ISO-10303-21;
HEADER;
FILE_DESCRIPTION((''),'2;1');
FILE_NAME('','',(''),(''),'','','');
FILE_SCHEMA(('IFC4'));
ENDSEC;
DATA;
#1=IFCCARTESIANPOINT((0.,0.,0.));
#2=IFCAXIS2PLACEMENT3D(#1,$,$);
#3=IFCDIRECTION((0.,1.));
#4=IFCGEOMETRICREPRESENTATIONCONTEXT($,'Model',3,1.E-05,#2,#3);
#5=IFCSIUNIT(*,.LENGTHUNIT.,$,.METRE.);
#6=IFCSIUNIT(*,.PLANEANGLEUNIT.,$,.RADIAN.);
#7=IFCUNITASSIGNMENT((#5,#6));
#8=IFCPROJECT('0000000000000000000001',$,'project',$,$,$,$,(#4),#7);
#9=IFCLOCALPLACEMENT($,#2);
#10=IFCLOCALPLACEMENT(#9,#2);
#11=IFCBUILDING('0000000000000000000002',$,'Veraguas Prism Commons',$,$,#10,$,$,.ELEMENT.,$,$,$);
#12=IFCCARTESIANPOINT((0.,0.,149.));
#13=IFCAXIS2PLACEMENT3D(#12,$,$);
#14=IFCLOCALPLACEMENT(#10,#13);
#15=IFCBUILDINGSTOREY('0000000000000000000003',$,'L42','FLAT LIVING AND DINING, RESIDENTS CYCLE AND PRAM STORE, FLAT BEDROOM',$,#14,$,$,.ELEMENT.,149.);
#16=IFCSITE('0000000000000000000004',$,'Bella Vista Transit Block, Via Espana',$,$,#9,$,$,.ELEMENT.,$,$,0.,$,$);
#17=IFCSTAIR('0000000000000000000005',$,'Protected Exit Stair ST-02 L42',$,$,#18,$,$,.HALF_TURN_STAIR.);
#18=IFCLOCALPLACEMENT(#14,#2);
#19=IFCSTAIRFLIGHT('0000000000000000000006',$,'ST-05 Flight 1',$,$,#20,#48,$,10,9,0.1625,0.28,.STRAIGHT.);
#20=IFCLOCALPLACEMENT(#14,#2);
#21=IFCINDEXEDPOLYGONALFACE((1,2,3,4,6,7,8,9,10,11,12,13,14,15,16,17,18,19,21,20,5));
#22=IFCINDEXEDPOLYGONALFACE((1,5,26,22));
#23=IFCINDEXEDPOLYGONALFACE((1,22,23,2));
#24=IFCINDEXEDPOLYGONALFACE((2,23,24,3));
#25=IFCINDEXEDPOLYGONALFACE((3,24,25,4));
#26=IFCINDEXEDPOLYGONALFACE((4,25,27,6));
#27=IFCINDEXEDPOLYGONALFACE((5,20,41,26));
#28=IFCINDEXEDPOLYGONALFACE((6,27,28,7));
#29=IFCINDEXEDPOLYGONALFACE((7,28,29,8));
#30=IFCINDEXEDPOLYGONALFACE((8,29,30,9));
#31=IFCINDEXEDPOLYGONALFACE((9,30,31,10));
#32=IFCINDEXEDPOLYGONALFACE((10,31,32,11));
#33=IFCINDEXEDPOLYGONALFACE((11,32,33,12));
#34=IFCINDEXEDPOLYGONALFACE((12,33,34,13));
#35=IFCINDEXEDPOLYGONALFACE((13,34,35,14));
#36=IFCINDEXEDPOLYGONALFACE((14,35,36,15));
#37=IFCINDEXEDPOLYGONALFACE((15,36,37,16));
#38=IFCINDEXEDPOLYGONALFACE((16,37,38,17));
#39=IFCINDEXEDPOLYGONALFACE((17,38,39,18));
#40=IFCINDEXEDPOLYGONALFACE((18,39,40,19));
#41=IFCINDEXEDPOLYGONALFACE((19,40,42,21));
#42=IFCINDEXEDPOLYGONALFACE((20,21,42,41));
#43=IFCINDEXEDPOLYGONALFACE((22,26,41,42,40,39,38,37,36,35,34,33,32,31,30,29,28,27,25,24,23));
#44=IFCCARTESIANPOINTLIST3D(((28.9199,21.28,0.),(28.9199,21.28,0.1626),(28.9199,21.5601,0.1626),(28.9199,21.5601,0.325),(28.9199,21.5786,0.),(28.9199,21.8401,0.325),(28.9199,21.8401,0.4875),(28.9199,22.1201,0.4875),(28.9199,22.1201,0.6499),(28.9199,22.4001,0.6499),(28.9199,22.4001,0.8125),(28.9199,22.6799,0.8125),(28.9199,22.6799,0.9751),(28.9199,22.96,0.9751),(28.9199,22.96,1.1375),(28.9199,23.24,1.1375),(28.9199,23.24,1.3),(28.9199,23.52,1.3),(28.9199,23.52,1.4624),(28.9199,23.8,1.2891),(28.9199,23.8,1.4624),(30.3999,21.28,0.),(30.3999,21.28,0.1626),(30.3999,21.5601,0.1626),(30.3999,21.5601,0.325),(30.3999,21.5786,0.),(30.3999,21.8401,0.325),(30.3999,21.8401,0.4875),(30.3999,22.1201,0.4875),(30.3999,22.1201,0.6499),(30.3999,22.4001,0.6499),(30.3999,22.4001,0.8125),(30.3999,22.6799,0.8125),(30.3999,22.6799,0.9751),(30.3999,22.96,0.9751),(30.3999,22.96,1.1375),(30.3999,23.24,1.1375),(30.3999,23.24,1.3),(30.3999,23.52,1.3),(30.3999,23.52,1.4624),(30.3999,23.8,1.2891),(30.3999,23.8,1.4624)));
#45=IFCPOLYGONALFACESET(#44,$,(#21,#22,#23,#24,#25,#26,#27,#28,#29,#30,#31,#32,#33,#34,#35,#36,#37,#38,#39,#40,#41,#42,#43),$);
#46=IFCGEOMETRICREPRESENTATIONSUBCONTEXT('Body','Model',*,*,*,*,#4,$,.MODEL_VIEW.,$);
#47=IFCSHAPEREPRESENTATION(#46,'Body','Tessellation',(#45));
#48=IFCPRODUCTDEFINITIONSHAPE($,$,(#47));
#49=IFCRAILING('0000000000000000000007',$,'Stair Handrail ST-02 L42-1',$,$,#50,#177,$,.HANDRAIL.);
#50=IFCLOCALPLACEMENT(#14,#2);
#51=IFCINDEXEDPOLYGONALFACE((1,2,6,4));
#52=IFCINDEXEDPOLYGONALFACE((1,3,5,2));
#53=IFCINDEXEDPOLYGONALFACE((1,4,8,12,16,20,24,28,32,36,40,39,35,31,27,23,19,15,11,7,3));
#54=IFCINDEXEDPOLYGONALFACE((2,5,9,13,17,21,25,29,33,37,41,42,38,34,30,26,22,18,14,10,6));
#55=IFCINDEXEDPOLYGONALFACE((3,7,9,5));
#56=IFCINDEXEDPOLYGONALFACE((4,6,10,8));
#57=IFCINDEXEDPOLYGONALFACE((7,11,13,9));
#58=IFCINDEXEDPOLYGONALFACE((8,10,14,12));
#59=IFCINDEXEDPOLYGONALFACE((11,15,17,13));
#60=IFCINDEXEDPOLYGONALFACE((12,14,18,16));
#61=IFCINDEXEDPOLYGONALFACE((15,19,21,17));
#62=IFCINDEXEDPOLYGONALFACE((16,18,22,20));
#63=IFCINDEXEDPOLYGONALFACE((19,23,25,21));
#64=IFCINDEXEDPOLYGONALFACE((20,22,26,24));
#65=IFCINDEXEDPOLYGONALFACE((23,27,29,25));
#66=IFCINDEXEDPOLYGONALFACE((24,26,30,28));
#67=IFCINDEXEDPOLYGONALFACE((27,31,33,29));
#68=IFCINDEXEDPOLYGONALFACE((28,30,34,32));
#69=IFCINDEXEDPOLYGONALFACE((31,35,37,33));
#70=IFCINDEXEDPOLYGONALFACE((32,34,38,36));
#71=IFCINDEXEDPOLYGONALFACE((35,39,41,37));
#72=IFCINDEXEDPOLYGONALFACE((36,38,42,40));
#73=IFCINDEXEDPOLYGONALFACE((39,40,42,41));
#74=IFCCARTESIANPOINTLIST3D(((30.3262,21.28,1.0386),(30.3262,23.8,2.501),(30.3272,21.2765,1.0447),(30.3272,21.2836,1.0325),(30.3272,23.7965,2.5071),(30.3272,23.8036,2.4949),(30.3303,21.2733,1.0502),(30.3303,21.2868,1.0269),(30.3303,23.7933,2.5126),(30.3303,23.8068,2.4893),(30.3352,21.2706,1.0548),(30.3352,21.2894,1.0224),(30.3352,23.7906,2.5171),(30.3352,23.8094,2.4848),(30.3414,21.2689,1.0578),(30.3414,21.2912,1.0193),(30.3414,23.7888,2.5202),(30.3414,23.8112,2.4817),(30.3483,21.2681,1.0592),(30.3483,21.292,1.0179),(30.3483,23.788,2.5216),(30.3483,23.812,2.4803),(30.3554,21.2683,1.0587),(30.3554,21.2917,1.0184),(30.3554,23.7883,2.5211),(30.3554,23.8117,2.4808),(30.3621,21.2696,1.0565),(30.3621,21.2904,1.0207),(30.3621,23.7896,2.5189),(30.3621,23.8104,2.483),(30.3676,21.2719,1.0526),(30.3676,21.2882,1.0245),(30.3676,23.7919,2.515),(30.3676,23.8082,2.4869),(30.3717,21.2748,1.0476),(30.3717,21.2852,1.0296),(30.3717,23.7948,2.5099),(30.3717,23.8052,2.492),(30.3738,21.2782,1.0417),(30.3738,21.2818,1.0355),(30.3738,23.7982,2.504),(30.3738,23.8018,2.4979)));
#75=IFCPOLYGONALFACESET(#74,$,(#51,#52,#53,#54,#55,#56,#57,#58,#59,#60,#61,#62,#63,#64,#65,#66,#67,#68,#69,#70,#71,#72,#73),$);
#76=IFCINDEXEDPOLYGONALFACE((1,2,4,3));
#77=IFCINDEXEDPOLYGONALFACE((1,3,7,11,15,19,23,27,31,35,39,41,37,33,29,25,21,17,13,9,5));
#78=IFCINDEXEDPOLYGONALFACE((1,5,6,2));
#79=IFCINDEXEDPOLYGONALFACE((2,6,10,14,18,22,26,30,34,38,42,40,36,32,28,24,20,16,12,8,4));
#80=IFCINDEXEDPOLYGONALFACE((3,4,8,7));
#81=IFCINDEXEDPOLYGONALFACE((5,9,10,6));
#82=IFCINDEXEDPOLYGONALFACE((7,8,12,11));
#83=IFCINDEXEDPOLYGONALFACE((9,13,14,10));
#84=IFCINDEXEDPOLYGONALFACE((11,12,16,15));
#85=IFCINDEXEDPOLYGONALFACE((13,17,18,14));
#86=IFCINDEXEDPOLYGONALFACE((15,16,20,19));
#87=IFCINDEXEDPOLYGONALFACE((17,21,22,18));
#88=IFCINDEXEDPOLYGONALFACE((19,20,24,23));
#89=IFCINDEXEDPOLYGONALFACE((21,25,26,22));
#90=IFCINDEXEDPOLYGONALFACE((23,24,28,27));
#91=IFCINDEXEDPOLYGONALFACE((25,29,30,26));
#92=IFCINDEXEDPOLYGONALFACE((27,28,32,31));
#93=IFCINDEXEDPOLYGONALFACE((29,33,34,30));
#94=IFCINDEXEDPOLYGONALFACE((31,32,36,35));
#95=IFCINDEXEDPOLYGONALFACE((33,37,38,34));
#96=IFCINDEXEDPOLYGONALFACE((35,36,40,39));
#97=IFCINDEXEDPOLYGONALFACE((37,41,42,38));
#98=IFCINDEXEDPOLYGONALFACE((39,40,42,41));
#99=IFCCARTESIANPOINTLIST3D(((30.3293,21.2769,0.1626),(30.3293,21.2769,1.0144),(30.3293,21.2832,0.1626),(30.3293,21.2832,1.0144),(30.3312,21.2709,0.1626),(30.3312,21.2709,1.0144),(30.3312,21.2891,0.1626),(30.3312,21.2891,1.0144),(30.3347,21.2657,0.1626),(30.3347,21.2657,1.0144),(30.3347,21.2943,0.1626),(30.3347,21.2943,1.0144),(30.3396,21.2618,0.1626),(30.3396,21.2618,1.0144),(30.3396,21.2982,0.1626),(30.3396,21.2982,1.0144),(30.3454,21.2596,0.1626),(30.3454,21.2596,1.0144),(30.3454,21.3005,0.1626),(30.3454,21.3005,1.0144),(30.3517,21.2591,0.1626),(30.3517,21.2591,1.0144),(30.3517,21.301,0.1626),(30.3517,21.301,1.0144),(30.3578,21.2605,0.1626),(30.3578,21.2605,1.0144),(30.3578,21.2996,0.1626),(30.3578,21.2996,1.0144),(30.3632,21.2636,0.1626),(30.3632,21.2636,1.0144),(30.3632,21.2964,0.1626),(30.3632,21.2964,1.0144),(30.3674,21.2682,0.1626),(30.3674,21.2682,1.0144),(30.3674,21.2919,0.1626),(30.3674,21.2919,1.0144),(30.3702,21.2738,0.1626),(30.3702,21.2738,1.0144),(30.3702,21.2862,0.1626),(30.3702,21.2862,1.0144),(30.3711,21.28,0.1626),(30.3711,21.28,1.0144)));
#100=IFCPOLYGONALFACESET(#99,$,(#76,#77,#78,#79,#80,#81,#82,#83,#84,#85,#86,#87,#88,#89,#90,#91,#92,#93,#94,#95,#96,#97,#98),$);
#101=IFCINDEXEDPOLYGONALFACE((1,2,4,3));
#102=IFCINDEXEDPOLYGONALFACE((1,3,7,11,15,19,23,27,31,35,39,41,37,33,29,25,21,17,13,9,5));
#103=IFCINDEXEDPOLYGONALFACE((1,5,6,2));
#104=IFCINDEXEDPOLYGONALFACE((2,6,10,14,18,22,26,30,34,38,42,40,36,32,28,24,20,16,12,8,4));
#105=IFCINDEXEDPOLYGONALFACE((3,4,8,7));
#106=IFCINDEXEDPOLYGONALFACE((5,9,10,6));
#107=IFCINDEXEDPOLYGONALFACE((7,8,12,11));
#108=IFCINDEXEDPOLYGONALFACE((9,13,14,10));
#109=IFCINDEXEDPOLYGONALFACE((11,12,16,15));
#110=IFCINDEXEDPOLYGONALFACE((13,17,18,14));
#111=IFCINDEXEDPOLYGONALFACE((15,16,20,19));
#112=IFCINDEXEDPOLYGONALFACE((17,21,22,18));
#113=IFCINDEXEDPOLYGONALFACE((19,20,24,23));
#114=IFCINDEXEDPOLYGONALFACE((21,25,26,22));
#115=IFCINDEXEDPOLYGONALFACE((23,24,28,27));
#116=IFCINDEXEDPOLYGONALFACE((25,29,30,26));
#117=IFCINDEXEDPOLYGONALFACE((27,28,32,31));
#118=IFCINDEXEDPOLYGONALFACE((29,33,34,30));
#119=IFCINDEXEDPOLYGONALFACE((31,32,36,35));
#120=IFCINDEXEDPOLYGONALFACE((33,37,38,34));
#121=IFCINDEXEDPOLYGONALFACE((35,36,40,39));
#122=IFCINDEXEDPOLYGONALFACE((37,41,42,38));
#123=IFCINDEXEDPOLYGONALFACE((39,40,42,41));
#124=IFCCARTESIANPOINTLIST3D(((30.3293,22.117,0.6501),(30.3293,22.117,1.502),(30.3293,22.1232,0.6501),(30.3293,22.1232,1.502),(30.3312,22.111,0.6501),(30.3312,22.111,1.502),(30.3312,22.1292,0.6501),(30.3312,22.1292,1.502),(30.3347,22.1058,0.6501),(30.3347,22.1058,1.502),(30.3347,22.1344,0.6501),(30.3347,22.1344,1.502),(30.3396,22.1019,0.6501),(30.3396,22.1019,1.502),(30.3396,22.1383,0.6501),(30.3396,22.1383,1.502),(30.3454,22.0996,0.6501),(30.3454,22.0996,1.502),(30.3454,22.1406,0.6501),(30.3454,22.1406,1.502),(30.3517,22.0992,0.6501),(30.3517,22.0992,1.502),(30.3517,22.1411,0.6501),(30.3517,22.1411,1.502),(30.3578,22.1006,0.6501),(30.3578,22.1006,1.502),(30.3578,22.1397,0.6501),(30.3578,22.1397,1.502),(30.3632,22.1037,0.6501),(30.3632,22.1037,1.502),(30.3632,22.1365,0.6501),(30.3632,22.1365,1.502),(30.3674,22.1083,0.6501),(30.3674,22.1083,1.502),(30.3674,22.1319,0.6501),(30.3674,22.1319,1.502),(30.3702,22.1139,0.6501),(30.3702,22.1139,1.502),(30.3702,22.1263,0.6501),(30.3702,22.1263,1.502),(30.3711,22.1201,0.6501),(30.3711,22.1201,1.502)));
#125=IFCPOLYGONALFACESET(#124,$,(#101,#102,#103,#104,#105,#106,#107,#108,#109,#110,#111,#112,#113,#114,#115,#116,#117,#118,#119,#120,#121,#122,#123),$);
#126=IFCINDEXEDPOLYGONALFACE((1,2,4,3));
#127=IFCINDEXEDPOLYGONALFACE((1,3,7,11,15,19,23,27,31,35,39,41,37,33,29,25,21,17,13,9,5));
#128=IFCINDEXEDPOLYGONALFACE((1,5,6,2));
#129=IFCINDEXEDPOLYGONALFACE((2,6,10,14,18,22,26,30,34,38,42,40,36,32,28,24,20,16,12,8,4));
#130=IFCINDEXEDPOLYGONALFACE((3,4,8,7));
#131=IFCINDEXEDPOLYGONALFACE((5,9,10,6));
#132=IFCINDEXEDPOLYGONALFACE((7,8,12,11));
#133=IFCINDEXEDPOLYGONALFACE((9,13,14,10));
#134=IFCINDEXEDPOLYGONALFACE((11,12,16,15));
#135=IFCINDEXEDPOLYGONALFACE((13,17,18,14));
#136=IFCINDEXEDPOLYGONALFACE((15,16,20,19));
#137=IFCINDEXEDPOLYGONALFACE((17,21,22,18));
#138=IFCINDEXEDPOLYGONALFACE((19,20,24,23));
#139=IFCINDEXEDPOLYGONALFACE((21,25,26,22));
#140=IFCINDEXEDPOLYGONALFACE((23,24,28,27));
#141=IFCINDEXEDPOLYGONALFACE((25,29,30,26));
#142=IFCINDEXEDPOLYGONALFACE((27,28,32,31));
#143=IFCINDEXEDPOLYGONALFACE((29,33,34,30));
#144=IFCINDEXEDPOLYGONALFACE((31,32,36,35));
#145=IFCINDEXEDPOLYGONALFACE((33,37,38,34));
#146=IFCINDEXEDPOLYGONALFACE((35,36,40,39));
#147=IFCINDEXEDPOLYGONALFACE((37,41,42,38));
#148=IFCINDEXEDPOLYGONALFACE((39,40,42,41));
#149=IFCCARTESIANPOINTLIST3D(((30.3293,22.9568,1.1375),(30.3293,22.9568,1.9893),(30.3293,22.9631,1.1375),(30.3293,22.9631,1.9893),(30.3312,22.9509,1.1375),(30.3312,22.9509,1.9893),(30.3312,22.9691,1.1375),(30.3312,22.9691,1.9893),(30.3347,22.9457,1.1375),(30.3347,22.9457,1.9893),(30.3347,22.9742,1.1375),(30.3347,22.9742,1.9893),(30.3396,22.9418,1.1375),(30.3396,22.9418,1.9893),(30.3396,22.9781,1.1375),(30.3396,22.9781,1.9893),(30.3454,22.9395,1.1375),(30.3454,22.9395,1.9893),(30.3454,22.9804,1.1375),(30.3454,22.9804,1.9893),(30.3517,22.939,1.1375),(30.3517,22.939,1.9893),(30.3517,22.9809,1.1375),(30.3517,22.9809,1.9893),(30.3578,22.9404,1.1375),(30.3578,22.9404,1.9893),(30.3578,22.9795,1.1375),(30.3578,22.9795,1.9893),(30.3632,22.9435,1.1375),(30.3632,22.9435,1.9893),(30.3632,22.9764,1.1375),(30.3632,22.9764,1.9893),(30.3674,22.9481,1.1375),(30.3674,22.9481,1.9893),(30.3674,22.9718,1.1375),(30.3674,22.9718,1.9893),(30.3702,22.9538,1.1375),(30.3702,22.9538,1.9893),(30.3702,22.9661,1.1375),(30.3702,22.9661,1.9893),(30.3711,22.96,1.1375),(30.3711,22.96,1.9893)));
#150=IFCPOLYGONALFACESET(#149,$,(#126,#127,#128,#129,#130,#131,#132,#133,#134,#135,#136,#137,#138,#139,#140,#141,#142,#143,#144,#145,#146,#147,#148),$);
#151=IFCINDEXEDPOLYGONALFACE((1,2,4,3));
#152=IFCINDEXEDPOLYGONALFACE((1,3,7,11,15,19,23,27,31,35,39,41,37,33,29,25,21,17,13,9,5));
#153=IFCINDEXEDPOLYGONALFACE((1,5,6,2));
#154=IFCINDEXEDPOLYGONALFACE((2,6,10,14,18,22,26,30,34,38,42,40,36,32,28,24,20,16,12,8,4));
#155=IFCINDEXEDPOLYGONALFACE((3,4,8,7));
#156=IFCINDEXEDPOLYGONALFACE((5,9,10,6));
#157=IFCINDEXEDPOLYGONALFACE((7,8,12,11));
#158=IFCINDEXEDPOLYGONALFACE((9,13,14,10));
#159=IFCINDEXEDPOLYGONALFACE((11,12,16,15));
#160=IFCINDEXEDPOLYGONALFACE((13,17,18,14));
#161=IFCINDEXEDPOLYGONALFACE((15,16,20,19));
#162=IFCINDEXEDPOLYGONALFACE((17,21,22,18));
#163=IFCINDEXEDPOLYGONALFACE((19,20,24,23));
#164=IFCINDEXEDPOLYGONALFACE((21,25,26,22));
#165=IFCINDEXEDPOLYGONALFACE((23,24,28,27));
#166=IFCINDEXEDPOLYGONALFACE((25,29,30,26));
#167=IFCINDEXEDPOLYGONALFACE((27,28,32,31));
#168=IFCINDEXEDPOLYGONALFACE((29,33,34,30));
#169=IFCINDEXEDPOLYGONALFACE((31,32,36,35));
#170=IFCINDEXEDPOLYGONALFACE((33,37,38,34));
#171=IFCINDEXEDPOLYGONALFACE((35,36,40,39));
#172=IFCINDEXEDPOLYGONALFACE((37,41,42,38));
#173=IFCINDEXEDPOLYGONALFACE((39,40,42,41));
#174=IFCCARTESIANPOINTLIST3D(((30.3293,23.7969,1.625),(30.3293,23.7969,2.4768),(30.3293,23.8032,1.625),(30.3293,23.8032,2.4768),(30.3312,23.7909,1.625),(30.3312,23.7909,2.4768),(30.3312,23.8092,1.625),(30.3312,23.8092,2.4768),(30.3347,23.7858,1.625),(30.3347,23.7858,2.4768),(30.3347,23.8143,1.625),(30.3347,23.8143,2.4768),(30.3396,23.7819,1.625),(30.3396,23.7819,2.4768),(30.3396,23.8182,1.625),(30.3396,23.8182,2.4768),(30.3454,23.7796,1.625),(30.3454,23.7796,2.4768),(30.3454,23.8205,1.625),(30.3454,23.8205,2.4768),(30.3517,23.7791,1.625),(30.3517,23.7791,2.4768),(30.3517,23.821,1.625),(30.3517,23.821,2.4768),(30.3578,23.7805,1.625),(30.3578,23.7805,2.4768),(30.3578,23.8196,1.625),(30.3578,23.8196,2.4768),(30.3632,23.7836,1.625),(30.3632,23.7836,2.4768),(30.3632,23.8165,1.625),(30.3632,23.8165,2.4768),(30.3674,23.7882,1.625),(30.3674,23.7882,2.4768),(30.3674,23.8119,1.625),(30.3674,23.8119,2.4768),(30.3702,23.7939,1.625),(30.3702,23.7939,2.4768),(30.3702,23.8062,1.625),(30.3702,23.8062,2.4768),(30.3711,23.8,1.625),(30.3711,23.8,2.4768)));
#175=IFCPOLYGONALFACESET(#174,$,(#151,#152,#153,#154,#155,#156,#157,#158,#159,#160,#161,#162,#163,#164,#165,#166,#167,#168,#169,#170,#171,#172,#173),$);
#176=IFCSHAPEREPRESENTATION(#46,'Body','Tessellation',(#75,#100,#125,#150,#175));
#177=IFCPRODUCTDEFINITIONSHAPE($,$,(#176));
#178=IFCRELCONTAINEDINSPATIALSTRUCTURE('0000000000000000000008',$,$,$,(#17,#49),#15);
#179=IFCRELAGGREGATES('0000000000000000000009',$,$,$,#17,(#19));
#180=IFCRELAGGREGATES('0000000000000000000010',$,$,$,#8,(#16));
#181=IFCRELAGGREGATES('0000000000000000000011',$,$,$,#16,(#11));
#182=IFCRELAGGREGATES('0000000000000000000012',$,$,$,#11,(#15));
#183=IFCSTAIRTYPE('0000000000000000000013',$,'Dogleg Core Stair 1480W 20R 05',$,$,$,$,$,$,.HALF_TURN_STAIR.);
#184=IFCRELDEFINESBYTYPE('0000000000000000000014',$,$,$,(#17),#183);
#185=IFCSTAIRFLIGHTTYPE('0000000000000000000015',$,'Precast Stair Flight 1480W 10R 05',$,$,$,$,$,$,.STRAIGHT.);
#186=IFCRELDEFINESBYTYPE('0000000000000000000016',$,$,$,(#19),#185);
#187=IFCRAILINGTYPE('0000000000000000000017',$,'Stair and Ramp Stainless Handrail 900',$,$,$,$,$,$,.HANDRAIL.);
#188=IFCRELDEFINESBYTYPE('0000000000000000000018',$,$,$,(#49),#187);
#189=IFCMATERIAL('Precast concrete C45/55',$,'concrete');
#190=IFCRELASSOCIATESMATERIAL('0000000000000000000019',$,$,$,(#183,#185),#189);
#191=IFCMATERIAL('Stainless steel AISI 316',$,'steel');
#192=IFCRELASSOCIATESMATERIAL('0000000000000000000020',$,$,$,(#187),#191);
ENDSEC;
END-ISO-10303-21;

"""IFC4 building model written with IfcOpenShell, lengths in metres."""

from ifc_helpers import new_model, si_unit, direction, frame, origin, origin_2d, place, context, subcontext, project, spatial, polyline, circle, outline, extrude, material, type_object, element, aggregate, save


model = new_model("IFC4")

# Units and contexts
model_context = context("Model", 3, precision=1e-05, world=origin(), true_north=direction((0.0, 1.0)))
body_context = subcontext(model_context, "Body", "Model", "MODEL_VIEW")
ifc_project = project(units=[si_unit("LENGTHUNIT", "METRE"), si_unit("PLANEANGLEUNIT", "RADIAN")], contexts=[model_context])

# Site, building, storey
site_placement = place(None, origin())
site = spatial("IfcSite", under=ifc_project, at=site_placement, Name="Bella Vista Transit Block, Via Espana", CompositionType="ELEMENT", RefElevation=0.0)
building_placement = place(site_placement, origin())
building = spatial("IfcBuilding", under=site, at=building_placement, Name="Veraguas Prism Commons", CompositionType="ELEMENT")
storey_placement = place(building_placement, frame((0.0, 0.0, 149.0)))
storey = spatial("IfcBuildingStorey", under=building, at=storey_placement, Name="L42", Description="FLAT LIVING AND DINING, RESIDENTS CYCLE AND PRAM STORE, FLAT BEDROOM", CompositionType="ELEMENT", Elevation=149.0)

# Shared definitions
ifc_material_1 = material(Name="Stainless steel AISI 316", Category="steel")

# Stair, stair flight
ifc_material_2 = material(Name="Precast concrete C45/55", Category="concrete")
stair_type = type_object("IfcStairType", Name="Dogleg Core Stair 1480W 20R 05", PredefinedType="HALF_TURN_STAIR", material=ifc_material_2)
stair_placement = place(storey_placement, origin())
stair = element("IfcStair", 1, at=stair_placement, inside=storey, type_object=stair_type, Name="Protected Exit Stair ST-02 L42", PredefinedType="HALF_TURN_STAIR")
stair_flight_type = type_object("IfcStairFlightType", Name="Precast Stair Flight 1480W 10R 05", PredefinedType="STRAIGHT", material=ifc_material_2)
stair_flight_placement = place(storey_placement, frame((29.6599, 21.28, 0.0), z_axis=(0.0, 0.0, 1.0), x_axis=(0.0, 1.0, 0.0)))
stair_flight = element("IfcStairFlight", 2, at=stair_flight_placement, type_object=stair_flight_type, Name="ST-05 Flight 1", NumberOfRisers=10, NumberOfTreads=9, PredefinedType="STRAIGHT", RiserHeight=0.1625, TreadLength=0.28, context=body_context, shape_type="SweptSolid", body=[
    extrude(outline(polyline([(0.0, 0.0), (0.0, 0.1626), (0.28, 0.1626), (0.28, 0.325), (0.5601, 0.325), (0.5601, 0.4875), (0.8401, 0.4875), (0.8401, 0.6499), (1.1201, 0.6499), (1.1201, 0.8125), (1.3999, 0.8125), (1.3999, 0.9751), (1.6799, 0.9751), (1.6799, 1.1375), (1.96, 1.1375), (1.96, 1.3), (2.24, 1.3), (2.24, 1.4624), (2.52, 1.4624), (2.52, 1.625), (2.52, 1.2891), (0.2986, 0.0), (0.0, 0.0)])), frame((0.0, 0.74, 0.0), z_axis=(0.0, -1.0, 0.0), x_axis=(1.0, 0.0, 0.0)), (0.0, 0.0, 1.0), 1.48),
])
aggregate(stair, [stair_flight])

# Railing
railing_type_1 = type_object("IfcRailingType", Name="Stair and Ramp Stainless Handrail 900", PredefinedType="HANDRAIL", material=ifc_material_1)
railing_1_placement = place(storey_placement, frame((30.3501, 21.28, 0.1626)))
element("IfcRailing", 3, at=railing_1_placement, inside=storey, type_object=railing_type_1, Name="Stair Handrail ST-02 L42-1", PredefinedType="HANDRAIL", context=body_context, shape_type="SweptSolid", body=[
    extrude(circle(Radius=0.0239, at=origin_2d()), frame((0.0, 0.0, 0.876), z_axis=(0.0, 0.864913, 0.501921), x_axis=(-1.0, 0.0, 0.0)), (0.0, 0.0, 1.0), 2.9136),
    extrude(circle(Radius=0.021, at=origin_2d()), origin(), (0.0, 0.0, 1.0), 0.8518),
    extrude(circle(Radius=0.021, at=origin_2d()), frame((0.0, 0.8401, 0.4875)), (0.0, 0.0, 1.0), 0.8518),
    extrude(circle(Radius=0.021, at=origin_2d()), frame((0.0, 1.6799, 0.9749)), (0.0, 0.0, 1.0), 0.8518),
    extrude(circle(Radius=0.021, at=origin_2d()), frame((0.0, 2.52, 1.4624)), (0.0, 0.0, 1.0), 0.8518),
])

save(model, "model.ifc")
